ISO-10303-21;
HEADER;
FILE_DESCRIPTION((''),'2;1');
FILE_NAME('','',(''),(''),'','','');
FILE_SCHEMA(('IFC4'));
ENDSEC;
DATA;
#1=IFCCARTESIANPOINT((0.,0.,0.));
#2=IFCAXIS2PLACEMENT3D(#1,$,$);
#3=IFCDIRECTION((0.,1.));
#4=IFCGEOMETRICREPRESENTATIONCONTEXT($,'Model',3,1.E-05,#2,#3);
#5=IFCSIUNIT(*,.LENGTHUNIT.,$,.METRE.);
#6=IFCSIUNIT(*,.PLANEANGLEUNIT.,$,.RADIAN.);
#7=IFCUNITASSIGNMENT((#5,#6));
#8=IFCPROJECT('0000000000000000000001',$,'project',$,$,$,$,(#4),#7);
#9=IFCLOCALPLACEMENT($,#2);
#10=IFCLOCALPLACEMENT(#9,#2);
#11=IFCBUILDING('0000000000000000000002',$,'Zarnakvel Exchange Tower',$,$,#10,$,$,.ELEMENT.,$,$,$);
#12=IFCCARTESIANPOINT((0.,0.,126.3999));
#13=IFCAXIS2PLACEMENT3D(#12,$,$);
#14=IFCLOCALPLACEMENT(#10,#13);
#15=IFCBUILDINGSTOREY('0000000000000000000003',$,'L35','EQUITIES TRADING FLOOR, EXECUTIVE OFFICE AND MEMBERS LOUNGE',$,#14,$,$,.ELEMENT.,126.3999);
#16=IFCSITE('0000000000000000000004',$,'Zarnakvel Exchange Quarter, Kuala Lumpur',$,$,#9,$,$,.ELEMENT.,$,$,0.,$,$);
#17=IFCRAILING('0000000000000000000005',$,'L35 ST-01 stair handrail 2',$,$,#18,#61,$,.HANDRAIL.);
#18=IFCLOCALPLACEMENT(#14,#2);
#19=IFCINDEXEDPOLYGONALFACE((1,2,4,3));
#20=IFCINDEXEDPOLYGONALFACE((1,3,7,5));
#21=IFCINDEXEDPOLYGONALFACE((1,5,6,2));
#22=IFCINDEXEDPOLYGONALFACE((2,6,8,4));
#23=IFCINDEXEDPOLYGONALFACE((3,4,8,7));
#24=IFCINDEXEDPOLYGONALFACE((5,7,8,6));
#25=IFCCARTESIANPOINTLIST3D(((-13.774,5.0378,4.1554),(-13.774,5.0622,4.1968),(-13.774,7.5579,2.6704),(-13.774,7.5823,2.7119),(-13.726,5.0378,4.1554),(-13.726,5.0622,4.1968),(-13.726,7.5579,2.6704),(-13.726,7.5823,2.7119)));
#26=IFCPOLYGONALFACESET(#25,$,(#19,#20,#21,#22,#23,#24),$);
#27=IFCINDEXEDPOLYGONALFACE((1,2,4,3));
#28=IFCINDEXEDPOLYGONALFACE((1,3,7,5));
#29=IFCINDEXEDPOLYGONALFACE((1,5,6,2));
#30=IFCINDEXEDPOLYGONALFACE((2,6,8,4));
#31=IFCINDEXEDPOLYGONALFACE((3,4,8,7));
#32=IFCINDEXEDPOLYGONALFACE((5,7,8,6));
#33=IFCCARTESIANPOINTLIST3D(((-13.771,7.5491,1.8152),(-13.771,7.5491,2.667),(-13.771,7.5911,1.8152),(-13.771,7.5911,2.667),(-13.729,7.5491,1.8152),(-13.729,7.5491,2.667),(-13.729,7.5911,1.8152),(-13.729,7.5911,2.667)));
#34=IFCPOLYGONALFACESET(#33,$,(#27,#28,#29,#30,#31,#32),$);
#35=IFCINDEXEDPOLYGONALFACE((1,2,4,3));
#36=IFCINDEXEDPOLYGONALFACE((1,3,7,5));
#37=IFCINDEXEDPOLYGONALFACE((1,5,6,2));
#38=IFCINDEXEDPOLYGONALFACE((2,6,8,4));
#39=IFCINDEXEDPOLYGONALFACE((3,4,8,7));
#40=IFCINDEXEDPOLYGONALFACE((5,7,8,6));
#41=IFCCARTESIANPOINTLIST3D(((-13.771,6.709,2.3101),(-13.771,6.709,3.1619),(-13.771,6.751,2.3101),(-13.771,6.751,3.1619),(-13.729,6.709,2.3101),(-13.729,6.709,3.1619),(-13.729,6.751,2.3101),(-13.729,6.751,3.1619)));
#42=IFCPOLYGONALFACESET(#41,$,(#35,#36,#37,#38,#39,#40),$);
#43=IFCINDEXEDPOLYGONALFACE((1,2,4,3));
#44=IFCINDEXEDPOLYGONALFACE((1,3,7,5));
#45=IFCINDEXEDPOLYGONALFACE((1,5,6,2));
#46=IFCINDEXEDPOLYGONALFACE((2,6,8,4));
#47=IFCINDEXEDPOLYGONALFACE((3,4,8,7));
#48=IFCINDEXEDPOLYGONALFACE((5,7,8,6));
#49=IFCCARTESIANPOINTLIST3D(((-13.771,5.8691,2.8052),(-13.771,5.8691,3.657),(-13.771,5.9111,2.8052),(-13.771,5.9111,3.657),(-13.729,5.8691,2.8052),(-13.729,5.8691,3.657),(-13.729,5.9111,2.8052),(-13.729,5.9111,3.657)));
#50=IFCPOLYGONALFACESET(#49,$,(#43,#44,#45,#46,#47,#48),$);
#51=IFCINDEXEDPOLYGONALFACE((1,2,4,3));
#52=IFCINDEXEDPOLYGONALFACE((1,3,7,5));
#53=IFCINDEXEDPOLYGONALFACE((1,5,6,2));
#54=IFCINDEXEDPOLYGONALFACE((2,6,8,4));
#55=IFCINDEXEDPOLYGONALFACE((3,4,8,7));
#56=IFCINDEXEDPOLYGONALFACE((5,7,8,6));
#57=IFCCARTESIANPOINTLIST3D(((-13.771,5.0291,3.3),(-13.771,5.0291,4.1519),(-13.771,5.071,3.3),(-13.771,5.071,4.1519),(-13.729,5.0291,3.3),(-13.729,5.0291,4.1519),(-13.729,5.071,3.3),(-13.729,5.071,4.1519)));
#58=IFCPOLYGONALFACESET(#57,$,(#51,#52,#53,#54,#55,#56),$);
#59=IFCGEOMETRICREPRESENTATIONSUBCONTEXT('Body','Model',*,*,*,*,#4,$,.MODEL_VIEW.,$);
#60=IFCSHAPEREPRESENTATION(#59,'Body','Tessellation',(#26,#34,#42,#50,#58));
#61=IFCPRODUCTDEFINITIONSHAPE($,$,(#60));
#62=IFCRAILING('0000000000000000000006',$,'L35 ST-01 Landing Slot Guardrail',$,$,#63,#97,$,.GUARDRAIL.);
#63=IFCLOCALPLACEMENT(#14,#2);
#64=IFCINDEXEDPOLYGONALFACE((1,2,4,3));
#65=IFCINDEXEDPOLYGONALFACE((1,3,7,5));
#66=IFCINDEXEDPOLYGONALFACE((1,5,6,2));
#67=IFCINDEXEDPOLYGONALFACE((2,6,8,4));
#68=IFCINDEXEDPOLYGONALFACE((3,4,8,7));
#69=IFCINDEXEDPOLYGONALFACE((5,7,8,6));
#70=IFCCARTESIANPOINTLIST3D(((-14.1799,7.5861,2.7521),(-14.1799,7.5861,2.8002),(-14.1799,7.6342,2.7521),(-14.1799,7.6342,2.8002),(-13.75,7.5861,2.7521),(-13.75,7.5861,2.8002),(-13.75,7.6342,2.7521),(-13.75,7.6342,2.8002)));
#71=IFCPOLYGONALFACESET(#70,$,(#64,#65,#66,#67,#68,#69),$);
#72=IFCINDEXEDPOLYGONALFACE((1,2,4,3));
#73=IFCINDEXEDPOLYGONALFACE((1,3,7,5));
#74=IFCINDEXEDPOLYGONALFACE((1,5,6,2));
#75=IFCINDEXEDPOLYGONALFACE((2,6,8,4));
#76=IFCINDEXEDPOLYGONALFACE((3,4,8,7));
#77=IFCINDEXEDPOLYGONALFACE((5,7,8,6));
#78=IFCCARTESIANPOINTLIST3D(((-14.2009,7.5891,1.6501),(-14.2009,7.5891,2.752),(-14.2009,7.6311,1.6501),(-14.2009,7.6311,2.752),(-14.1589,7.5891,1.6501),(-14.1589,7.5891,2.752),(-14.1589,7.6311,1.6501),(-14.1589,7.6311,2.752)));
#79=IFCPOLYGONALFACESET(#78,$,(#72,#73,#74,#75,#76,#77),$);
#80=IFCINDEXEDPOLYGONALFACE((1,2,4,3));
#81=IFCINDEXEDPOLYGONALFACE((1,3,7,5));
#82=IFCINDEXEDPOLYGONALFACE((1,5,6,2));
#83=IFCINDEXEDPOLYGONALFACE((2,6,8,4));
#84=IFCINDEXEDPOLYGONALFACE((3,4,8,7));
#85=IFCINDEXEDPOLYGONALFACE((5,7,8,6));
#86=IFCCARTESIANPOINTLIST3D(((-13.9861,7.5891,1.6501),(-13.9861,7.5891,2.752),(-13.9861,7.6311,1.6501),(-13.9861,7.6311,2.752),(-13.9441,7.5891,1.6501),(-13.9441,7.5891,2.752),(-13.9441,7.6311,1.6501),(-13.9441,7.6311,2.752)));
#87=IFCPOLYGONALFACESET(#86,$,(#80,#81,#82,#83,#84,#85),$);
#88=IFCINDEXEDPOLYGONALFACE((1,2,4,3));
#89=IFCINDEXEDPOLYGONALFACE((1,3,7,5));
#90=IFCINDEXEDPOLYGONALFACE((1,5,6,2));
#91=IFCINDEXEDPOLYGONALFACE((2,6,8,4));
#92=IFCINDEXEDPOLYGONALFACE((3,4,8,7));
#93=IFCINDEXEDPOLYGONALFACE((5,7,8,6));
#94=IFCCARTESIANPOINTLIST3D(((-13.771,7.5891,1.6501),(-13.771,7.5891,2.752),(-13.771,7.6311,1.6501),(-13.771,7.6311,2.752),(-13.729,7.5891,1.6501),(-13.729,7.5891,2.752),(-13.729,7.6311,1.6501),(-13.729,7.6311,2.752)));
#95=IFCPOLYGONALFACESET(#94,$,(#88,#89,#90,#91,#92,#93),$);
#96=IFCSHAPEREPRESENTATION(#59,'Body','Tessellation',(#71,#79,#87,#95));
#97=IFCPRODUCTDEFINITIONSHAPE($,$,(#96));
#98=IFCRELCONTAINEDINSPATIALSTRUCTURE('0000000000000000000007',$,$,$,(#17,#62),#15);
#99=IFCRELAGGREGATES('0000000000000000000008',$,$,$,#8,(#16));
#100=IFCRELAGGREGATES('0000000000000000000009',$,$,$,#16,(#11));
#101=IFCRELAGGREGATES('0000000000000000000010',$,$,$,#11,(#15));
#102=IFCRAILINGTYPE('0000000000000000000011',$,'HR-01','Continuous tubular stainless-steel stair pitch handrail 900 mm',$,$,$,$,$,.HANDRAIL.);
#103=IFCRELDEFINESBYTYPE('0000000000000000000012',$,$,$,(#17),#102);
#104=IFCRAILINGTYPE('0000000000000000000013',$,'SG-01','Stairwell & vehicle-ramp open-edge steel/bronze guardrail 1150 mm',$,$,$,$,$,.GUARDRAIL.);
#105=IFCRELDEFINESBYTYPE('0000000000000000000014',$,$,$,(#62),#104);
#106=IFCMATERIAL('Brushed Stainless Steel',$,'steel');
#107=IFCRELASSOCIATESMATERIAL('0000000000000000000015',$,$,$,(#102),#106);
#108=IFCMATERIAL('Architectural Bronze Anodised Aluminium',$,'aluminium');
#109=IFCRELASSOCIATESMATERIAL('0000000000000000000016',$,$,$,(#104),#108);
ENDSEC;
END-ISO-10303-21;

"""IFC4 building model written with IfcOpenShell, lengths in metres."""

from ifc_helpers import new_model, si_unit, direction, frame, origin, origin_2d, place, context, subcontext, project, spatial, rectangle, extrude, material, type_object, element, save


model = new_model("IFC4")

# Units and contexts
model_context = context("Model", 3, precision=1e-05, world=origin(), true_north=direction((0.0, 1.0)))
body_context = subcontext(model_context, "Body", "Model", "MODEL_VIEW")
ifc_project = project(units=[si_unit("LENGTHUNIT", "METRE"), si_unit("PLANEANGLEUNIT", "RADIAN")], contexts=[model_context])

# Site, building, storey
site_placement = place(None, origin())
site = spatial("IfcSite", under=ifc_project, at=site_placement, Name="Zarnakvel Exchange Quarter, Kuala Lumpur", CompositionType="ELEMENT", RefElevation=0.0)
building_placement = place(site_placement, origin())
building = spatial("IfcBuilding", under=site, at=building_placement, Name="Zarnakvel Exchange Tower", CompositionType="ELEMENT")
storey_placement = place(building_placement, frame((0.0, 0.0, 126.3999)))
storey = spatial("IfcBuildingStorey", under=building, at=storey_placement, Name="L35", Description="EQUITIES TRADING FLOOR, EXECUTIVE OFFICE AND MEMBERS LOUNGE", CompositionType="ELEMENT", Elevation=126.3999)

# Shared definitions
ifc_material_1 = material(Name="Architectural Bronze Anodised Aluminium", Category="aluminium")

# Railings
ifc_material_2 = material(Name="Brushed Stainless Steel", Category="steel")
railing_type_1 = type_object("IfcRailingType", Name="HR-01", Description="Continuous tubular stainless-steel stair pitch handrail 900 mm", PredefinedType="HANDRAIL", material=ifc_material_2)
railing_1_placement = place(storey_placement, frame((-13.75, 7.5701, 1.8152)))
element("IfcRailing", 1, at=railing_1_placement, inside=storey, type_object=railing_type_1, Name="L35 ST-01 stair handrail 2", PredefinedType="HANDRAIL", context=body_context, shape_type="SweptSolid", body=[
    extrude(rectangle(XDim=0.0481, YDim=0.0481, at=origin_2d()), frame((0.0, 0.0, 0.876), z_axis=(0.0, -0.861561, 0.507655), x_axis=(1.0, 0.0, 0.0)), (0.0, 0.0, 1.0), 2.925),
    extrude(rectangle(XDim=0.042, YDim=0.042, at=origin_2d()), origin(), (0.0, 0.0, 1.0), 0.8518),
    extrude(rectangle(XDim=0.042, YDim=0.042, at=origin_2d()), frame((0.0, -0.8401, 0.4949)), (0.0, 0.0, 1.0), 0.8518),
    extrude(rectangle(XDim=0.042, YDim=0.042, at=origin_2d()), frame((0.0, -1.6799, 0.99)), (0.0, 0.0, 1.0), 0.8518),
    extrude(rectangle(XDim=0.042, YDim=0.042, at=origin_2d()), frame((0.0, -2.52, 1.4849)), (0.0, 0.0, 1.0), 0.8518),
])
railing_type_2 = type_object("IfcRailingType", Name="SG-01", Description="Stairwell & vehicle-ramp open-edge steel/bronze guardrail 1150 mm", PredefinedType="GUARDRAIL", material=ifc_material_1)
railing_2_placement = place(storey_placement, frame((-14.1799, 7.6101, 1.6501)))
element("IfcRailing", 2, at=railing_2_placement, inside=storey, type_object=railing_type_2, Name="L35 ST-01 Landing Slot Guardrail", PredefinedType="GUARDRAIL", context=body_context, shape_type="SweptSolid", body=[
    extrude(rectangle(XDim=0.0481, YDim=0.0481, at=origin_2d()), frame((0.0, 0.0, 1.126), z_axis=(1.0, 0.0, 0.0), x_axis=(0.0, 1.0, 0.0)), (0.0, 0.0, 1.0), 0.4299),
    extrude(rectangle(XDim=0.042, YDim=0.042, at=origin_2d()), origin(), (0.0, 0.0, 1.0), 1.1018),
    extrude(rectangle(XDim=0.042, YDim=0.042, at=origin_2d()), frame((0.2148, 0.0, 0.0)), (0.0, 0.0, 1.0), 1.1018),
    extrude(rectangle(XDim=0.042, YDim=0.042, at=origin_2d()), frame((0.4299, 0.0, 0.0)), (0.0, 0.0, 1.0), 1.1018),
])

save(model, "model.ifc")
